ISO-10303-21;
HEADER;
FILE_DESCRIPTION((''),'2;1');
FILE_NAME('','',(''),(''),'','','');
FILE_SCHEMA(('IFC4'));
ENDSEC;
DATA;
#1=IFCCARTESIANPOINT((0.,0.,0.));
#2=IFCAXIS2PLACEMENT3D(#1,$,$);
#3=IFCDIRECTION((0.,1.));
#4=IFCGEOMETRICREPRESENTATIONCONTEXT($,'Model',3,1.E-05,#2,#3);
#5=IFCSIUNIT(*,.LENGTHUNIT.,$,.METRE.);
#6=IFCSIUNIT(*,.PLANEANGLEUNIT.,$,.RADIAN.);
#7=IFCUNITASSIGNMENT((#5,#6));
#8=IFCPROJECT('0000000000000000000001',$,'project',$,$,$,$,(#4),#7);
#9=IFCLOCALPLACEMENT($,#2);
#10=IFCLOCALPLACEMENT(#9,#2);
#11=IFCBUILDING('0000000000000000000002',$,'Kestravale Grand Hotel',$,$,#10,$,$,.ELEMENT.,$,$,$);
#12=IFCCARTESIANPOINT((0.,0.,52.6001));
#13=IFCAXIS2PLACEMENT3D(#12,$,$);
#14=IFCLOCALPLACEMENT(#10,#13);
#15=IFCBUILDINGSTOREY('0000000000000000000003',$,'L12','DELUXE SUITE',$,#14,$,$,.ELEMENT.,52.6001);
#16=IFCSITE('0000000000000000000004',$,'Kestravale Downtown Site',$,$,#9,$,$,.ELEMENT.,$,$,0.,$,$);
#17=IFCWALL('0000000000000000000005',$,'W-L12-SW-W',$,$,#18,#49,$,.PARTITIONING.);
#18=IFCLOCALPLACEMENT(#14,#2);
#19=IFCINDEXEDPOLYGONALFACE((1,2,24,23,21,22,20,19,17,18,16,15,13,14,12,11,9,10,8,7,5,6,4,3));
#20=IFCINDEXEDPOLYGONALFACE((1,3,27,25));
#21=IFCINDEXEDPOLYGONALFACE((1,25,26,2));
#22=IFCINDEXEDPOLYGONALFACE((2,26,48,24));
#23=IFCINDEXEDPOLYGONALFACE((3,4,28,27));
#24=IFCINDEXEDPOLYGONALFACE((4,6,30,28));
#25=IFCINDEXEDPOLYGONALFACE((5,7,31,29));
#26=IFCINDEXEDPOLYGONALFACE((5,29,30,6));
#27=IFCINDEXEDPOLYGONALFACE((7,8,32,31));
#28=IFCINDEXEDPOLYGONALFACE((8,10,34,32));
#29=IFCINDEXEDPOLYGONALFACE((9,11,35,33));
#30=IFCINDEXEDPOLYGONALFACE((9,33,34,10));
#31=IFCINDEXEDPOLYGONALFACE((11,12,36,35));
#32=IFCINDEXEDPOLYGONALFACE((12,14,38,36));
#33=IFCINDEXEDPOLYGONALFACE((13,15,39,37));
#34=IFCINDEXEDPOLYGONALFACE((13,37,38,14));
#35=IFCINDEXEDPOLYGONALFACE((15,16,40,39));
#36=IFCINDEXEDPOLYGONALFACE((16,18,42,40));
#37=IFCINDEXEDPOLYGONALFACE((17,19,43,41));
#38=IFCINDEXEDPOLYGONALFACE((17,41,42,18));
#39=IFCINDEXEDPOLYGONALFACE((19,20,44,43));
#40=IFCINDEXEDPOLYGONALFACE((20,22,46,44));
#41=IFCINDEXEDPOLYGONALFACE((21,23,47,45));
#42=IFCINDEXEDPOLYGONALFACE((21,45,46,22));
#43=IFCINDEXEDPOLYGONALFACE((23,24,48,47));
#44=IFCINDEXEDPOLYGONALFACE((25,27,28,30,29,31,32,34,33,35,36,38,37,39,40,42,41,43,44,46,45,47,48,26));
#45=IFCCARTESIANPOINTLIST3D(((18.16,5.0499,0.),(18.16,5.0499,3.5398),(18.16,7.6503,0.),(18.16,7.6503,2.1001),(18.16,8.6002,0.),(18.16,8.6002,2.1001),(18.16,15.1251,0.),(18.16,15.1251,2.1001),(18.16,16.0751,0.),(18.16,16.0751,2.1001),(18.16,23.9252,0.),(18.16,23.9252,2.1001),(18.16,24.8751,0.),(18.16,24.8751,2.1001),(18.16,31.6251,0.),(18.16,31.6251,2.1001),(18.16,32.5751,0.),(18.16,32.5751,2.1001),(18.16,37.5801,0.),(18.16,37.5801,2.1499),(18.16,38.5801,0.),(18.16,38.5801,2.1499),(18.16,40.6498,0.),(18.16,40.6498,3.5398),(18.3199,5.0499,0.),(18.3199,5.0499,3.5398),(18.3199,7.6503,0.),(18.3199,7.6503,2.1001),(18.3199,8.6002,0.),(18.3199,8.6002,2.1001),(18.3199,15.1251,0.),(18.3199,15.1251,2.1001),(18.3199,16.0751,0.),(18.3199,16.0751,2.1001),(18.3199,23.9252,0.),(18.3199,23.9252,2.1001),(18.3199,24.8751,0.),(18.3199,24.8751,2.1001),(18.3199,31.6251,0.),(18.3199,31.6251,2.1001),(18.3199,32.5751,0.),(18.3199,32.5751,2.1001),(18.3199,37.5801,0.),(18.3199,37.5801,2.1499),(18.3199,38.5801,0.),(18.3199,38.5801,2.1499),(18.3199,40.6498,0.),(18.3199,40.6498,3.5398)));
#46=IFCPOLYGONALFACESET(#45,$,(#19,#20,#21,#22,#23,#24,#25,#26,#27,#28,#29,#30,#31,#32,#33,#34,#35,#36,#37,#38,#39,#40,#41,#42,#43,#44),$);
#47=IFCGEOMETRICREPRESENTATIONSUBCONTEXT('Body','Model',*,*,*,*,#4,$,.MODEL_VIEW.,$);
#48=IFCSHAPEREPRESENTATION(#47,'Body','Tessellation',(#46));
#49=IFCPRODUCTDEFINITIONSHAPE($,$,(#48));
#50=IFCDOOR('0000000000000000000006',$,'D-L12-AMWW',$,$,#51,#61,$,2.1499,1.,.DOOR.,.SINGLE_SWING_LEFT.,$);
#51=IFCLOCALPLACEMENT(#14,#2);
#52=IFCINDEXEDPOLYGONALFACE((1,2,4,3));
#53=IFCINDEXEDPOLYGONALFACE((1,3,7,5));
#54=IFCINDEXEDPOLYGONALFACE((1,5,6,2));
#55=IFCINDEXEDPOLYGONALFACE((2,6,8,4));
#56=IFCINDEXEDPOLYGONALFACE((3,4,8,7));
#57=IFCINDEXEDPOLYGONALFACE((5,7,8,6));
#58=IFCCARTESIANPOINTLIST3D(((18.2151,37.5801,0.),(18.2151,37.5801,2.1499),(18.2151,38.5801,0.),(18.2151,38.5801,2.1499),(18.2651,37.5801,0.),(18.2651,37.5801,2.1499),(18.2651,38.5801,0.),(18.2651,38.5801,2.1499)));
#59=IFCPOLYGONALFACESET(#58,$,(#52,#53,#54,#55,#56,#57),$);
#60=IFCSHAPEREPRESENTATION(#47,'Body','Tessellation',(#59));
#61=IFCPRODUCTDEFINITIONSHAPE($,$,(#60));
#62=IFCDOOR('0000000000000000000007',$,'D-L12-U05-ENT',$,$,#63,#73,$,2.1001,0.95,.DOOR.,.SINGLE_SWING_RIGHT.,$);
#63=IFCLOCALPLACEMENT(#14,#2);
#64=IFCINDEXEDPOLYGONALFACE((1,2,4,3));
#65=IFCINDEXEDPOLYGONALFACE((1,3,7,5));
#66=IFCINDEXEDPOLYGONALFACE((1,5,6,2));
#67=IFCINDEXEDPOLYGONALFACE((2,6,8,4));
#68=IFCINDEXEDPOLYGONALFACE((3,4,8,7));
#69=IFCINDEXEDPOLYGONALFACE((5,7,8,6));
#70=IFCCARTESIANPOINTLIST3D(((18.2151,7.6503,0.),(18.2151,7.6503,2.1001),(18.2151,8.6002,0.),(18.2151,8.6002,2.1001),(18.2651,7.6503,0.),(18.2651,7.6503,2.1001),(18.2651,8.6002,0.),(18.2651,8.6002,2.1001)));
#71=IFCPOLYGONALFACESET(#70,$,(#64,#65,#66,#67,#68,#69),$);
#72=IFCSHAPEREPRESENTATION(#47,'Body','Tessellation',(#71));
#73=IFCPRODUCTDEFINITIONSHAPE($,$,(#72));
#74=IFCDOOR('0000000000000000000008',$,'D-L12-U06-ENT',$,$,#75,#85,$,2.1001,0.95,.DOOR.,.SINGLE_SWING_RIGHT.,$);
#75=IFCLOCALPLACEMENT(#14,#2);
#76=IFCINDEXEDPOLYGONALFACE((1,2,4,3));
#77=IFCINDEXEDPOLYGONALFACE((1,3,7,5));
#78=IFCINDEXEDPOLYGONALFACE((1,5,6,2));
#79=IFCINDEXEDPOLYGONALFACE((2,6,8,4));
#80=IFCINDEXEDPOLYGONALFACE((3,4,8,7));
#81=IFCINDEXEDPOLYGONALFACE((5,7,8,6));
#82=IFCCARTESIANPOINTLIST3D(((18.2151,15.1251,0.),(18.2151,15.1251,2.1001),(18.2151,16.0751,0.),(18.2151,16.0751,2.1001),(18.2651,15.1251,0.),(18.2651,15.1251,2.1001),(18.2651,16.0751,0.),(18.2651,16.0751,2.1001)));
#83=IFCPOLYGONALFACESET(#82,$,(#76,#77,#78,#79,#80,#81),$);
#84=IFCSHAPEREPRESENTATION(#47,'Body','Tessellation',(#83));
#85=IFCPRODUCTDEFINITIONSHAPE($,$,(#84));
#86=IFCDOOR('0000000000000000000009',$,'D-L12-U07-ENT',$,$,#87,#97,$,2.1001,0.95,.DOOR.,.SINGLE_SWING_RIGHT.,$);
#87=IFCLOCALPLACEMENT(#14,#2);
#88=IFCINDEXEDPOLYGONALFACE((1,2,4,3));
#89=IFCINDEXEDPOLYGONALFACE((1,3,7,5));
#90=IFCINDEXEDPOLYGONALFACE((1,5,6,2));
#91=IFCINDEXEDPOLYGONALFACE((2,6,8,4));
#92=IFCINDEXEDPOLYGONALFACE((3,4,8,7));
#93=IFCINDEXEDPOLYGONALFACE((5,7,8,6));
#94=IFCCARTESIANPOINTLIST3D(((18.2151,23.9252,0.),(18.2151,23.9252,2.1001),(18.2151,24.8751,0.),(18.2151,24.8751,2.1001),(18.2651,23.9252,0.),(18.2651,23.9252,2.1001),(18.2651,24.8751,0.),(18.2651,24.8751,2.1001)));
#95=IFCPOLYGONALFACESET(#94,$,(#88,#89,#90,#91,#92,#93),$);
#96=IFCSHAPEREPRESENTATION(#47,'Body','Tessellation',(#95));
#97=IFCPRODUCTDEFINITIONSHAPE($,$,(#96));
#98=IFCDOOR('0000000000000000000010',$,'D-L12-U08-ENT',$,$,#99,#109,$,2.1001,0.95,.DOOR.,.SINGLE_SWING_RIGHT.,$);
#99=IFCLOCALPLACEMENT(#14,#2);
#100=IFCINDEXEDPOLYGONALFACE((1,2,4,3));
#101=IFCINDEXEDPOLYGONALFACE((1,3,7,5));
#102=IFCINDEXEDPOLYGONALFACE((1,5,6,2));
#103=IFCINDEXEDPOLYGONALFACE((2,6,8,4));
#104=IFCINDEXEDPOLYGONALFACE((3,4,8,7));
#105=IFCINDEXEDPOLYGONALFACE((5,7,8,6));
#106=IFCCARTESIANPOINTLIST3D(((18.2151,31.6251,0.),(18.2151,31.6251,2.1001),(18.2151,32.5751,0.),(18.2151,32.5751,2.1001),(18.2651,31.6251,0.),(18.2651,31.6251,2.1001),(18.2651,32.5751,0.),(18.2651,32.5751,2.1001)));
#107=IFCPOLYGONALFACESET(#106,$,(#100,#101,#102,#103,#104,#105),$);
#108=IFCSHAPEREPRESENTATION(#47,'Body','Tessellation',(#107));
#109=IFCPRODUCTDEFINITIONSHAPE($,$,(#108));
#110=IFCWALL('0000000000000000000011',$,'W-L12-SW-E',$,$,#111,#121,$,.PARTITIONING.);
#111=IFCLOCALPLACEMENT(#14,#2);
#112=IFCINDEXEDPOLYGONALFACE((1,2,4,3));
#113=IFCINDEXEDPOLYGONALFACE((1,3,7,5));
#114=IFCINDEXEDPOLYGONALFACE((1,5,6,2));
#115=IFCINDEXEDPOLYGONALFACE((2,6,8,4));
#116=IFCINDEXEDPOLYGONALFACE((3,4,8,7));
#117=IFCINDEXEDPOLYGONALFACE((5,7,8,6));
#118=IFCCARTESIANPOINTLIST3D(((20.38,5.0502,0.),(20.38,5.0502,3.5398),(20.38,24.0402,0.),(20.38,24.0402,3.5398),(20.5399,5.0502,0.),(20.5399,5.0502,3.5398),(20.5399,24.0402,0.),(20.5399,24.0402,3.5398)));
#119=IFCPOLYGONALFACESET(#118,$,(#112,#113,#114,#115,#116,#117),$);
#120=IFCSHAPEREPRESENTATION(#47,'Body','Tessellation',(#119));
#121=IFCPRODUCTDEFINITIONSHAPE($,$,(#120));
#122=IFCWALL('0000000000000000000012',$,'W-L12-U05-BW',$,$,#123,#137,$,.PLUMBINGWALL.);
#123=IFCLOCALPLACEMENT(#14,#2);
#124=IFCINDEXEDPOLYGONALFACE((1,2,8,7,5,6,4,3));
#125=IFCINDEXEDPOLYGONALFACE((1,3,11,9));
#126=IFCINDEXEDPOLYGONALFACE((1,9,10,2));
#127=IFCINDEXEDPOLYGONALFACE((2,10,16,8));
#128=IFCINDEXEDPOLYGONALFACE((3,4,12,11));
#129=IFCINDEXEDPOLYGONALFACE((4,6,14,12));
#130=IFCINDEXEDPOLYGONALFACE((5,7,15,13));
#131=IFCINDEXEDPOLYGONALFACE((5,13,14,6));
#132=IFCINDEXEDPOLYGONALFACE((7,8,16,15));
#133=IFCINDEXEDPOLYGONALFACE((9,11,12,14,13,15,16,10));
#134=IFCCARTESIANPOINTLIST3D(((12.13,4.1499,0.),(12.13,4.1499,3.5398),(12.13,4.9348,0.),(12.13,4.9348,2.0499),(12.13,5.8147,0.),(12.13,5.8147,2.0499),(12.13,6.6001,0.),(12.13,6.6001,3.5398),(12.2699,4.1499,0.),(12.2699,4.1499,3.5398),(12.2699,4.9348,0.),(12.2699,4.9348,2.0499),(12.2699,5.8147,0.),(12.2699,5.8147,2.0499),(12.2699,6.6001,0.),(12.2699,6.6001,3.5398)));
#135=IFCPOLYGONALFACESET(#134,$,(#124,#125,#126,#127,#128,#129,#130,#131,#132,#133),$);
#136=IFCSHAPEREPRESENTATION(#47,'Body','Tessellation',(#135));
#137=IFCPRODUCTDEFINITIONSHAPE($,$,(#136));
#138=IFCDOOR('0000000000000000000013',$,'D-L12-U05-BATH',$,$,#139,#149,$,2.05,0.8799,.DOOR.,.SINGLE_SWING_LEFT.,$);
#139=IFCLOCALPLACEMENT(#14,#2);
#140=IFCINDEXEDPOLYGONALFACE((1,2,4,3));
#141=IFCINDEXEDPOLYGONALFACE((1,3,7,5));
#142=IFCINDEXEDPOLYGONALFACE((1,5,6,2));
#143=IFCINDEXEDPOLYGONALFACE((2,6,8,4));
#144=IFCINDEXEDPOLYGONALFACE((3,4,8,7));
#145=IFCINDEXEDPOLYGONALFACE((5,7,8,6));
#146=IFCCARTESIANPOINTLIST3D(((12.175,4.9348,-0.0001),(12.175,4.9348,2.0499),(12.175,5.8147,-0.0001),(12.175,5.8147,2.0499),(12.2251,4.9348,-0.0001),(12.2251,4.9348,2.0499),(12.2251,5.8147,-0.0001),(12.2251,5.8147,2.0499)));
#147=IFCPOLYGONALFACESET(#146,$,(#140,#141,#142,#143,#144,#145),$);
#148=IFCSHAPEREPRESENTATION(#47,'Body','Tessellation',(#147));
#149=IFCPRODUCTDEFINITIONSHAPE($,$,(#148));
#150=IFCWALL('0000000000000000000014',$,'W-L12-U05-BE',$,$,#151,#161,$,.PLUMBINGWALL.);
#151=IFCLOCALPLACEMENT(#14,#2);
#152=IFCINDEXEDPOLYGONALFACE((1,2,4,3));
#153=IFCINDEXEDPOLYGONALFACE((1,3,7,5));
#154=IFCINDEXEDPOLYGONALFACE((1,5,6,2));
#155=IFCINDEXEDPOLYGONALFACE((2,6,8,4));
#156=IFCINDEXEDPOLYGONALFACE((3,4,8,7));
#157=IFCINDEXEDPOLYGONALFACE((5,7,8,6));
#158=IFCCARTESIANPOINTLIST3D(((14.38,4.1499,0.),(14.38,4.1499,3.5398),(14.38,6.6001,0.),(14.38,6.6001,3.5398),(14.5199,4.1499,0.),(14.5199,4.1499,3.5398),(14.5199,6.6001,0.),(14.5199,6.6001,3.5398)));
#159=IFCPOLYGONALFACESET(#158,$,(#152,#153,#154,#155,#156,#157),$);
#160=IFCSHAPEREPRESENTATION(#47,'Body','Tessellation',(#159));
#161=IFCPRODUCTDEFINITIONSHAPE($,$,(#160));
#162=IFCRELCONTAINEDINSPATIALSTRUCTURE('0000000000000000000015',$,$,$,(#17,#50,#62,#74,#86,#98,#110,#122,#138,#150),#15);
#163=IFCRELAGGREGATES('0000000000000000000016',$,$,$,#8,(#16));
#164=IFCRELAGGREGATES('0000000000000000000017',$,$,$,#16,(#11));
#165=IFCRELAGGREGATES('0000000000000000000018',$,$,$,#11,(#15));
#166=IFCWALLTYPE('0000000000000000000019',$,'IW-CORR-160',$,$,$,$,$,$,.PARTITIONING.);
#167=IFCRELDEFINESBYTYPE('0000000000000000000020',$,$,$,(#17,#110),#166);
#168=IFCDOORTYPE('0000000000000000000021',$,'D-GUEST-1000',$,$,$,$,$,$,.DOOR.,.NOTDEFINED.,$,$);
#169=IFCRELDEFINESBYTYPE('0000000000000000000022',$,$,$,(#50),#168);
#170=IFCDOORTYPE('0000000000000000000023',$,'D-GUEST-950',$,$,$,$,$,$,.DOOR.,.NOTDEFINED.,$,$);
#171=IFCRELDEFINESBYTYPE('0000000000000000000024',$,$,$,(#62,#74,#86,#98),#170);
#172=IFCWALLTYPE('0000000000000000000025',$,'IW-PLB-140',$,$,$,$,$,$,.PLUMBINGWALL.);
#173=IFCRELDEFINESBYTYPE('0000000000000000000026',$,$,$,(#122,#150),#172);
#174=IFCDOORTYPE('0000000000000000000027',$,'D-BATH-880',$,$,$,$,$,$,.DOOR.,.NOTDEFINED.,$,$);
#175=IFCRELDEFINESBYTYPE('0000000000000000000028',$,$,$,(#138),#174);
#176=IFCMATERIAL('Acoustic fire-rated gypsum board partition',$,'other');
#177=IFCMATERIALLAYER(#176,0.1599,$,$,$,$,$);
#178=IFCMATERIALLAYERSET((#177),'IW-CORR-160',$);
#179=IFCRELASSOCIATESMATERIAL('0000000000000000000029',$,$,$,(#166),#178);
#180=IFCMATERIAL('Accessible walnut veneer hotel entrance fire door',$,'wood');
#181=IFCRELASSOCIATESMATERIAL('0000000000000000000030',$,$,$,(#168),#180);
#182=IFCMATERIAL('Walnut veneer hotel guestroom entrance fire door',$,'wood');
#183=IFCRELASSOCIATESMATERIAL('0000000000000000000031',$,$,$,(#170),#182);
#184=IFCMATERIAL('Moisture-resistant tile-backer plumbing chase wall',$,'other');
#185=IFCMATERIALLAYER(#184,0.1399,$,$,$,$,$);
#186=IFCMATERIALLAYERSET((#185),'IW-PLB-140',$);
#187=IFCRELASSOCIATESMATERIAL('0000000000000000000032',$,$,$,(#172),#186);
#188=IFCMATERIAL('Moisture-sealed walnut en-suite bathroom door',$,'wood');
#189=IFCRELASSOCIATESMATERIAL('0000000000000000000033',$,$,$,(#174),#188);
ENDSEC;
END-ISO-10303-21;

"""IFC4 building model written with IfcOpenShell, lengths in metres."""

from ifc_helpers import new_model, si_unit, direction, frame, frame_2d, origin, place, context, subcontext, project, spatial, rectangle, extrude, material, layer, layer_set, type_object, element, fill, save


model = new_model("IFC4")

# Units and contexts
model_context = context("Model", 3, precision=1e-05, world=origin(), true_north=direction((0.0, 1.0)))
body_context = subcontext(model_context, "Body", "Model", "MODEL_VIEW")
ifc_project = project(units=[si_unit("LENGTHUNIT", "METRE"), si_unit("PLANEANGLEUNIT", "RADIAN")], contexts=[model_context])

# Site, building, storey
site_placement = place(None, origin())
site = spatial("IfcSite", under=ifc_project, at=site_placement, Name="Kestravale Downtown Site", CompositionType="ELEMENT", RefElevation=0.0)
building_placement = place(site_placement, origin())
building = spatial("IfcBuilding", under=site, at=building_placement, Name="Kestravale Grand Hotel", CompositionType="ELEMENT")
storey_placement = place(building_placement, frame((0.0, 0.0, 52.6001)))
storey = spatial("IfcBuildingStorey", under=building, at=storey_placement, Name="L12", Description="DELUXE SUITE", CompositionType="ELEMENT", Elevation=52.6001)

# Wall, openings, doors
ifc_material_1 = material(Name="Acoustic fire-rated gypsum board partition", Category="other")
ifc_layer_1 = layer(ifc_material_1, 0.1599)
ifc_layer_set_1 = layer_set([ifc_layer_1], Name="IW-CORR-160")
wall_type_1 = type_object("IfcWallType", Name="IW-CORR-160", PredefinedType="PARTITIONING", material=ifc_layer_set_1)
wall_1_placement = place(storey_placement, frame((18.24, 5.05, 0.0), z_axis=(0.0, 0.0, 1.0), x_axis=(0.0, 1.0, 0.0)))
wall_1 = element("IfcWall", 1, at=wall_1_placement, inside=storey, type_object=wall_type_1, Name="W-L12-SW-W", PredefinedType="PARTITIONING", context=body_context, shape_type="SweptSolid", body=[
    extrude(rectangle(XDim=35.5999, YDim=0.1599, at=frame_2d((17.7998, 0.0))), origin(), (0.0, 0.0, 1.0), 3.5398),
])
opening_1_placement = place(wall_1_placement, frame((2.6001, 0.0, 0.0)))
opening_1 = element("IfcOpeningElement", 2, at=opening_1_placement, cuts=wall_1, PredefinedType="OPENING", context=body_context, shape_type="SweptSolid", body=[
    extrude(rectangle(XDim=0.95, YDim=2.1001, at=frame_2d((0.4751, 1.05))), frame((0.0, 0.0898, 0.0), z_axis=(0.0, -1.0, 0.0), x_axis=(1.0, 0.0, 0.0)), (0.0, 0.0, 1.0), 0.1799),
])
opening_2_placement = place(wall_1_placement, frame((10.075, 0.0, 0.0)))
opening_2 = element("IfcOpeningElement", 3, at=opening_2_placement, cuts=wall_1, PredefinedType="OPENING", context=body_context, shape_type="SweptSolid", body=[
    extrude(rectangle(XDim=0.95, YDim=2.1001, at=frame_2d((0.4751, 1.05))), frame((0.0, 0.0898, 0.0), z_axis=(0.0, -1.0, 0.0), x_axis=(1.0, 0.0, 0.0)), (0.0, 0.0, 1.0), 0.1799),
])
opening_3_placement = place(wall_1_placement, frame((18.875, 0.0, 0.0)))
opening_3 = element("IfcOpeningElement", 4, at=opening_3_placement, cuts=wall_1, PredefinedType="OPENING", context=body_context, shape_type="SweptSolid", body=[
    extrude(rectangle(XDim=0.95, YDim=2.1001, at=frame_2d((0.4751, 1.05))), frame((0.0, 0.0898, 0.0), z_axis=(0.0, -1.0, 0.0), x_axis=(1.0, 0.0, 0.0)), (0.0, 0.0, 1.0), 0.1799),
])
opening_4_placement = place(wall_1_placement, frame((26.575, 0.0, 0.0)))
opening_4 = element("IfcOpeningElement", 5, at=opening_4_placement, cuts=wall_1, PredefinedType="OPENING", context=body_context, shape_type="SweptSolid", body=[
    extrude(rectangle(XDim=0.95, YDim=2.1001, at=frame_2d((0.4751, 1.05))), frame((0.0, 0.0898, 0.0), z_axis=(0.0, -1.0, 0.0), x_axis=(1.0, 0.0, 0.0)), (0.0, 0.0, 1.0), 0.1799),
])
opening_5_placement = place(wall_1_placement, frame((32.53, 0.0, 0.0)))
opening_5 = element("IfcOpeningElement", 6, at=opening_5_placement, cuts=wall_1, PredefinedType="OPENING", context=body_context, shape_type="SweptSolid", body=[
    extrude(rectangle(XDim=1.0, YDim=2.1499, at=frame_2d((0.5, 1.075))), frame((0.0, 0.0898, 0.0), z_axis=(0.0, -1.0, 0.0), x_axis=(1.0, 0.0, 0.0)), (0.0, 0.0, 1.0), 0.1799),
])
ifc_material_2 = material(Name="Accessible walnut veneer hotel entrance fire door", Category="wood")
door_type_1 = type_object("IfcDoorType", Name="D-GUEST-1000", OperationType="NOTDEFINED", PredefinedType="DOOR", material=ifc_material_2)
door_1_placement = place(opening_5_placement, origin())
door_1 = element("IfcDoor", 7, at=door_1_placement, inside=storey, type_object=door_type_1, Name="D-L12-AMWW", OperationType="SINGLE_SWING_LEFT", OverallHeight=2.1499, OverallWidth=1.0, PredefinedType="DOOR", context=body_context, shape_type="SweptSolid", body=[
    extrude(rectangle(XDim=1.0, YDim=2.1499, at=frame_2d((0.5, 1.075))), frame((0.0, 0.0249, 0.0), z_axis=(0.0, -1.0, 0.0), x_axis=(1.0, 0.0, 0.0)), (0.0, 0.0, 1.0), 0.05),
])
fill(opening_5, door_1)
ifc_material_3 = material(Name="Walnut veneer hotel guestroom entrance fire door", Category="wood")
door_type_2 = type_object("IfcDoorType", Name="D-GUEST-950", OperationType="NOTDEFINED", PredefinedType="DOOR", material=ifc_material_3)
door_2_placement = place(opening_1_placement, origin())
door_2 = element("IfcDoor", 8, at=door_2_placement, inside=storey, type_object=door_type_2, Name="D-L12-U05-ENT", OperationType="SINGLE_SWING_RIGHT", OverallHeight=2.1001, OverallWidth=0.95, PredefinedType="DOOR", context=body_context, shape_type="SweptSolid", body=[
    extrude(rectangle(XDim=0.95, YDim=2.1001, at=frame_2d((0.4751, 1.05))), frame((0.0, 0.0249, 0.0), z_axis=(0.0, -1.0, 0.0), x_axis=(1.0, 0.0, 0.0)), (0.0, 0.0, 1.0), 0.05),
])
fill(opening_1, door_2)
door_3_placement = place(opening_2_placement, origin())
door_3 = element("IfcDoor", 9, at=door_3_placement, inside=storey, type_object=door_type_2, Name="D-L12-U06-ENT", OperationType="SINGLE_SWING_RIGHT", OverallHeight=2.1001, OverallWidth=0.95, PredefinedType="DOOR", context=body_context, shape_type="SweptSolid", body=[
    extrude(rectangle(XDim=0.95, YDim=2.1001, at=frame_2d((0.4751, 1.05))), frame((0.0, 0.0249, 0.0), z_axis=(0.0, -1.0, 0.0), x_axis=(1.0, 0.0, 0.0)), (0.0, 0.0, 1.0), 0.05),
])
fill(opening_2, door_3)
door_4_placement = place(opening_3_placement, origin())
door_4 = element("IfcDoor", 10, at=door_4_placement, inside=storey, type_object=door_type_2, Name="D-L12-U07-ENT", OperationType="SINGLE_SWING_RIGHT", OverallHeight=2.1001, OverallWidth=0.95, PredefinedType="DOOR", context=body_context, shape_type="SweptSolid", body=[
    extrude(rectangle(XDim=0.95, YDim=2.1001, at=frame_2d((0.4751, 1.05))), frame((0.0, 0.0249, 0.0), z_axis=(0.0, -1.0, 0.0), x_axis=(1.0, 0.0, 0.0)), (0.0, 0.0, 1.0), 0.05),
])
fill(opening_3, door_4)
door_5_placement = place(opening_4_placement, origin())
door_5 = element("IfcDoor", 11, at=door_5_placement, inside=storey, type_object=door_type_2, Name="D-L12-U08-ENT", OperationType="SINGLE_SWING_RIGHT", OverallHeight=2.1001, OverallWidth=0.95, PredefinedType="DOOR", context=body_context, shape_type="SweptSolid", body=[
    extrude(rectangle(XDim=0.95, YDim=2.1001, at=frame_2d((0.4751, 1.05))), frame((0.0, 0.0249, 0.0), z_axis=(0.0, -1.0, 0.0), x_axis=(1.0, 0.0, 0.0)), (0.0, 0.0, 1.0), 0.05),
])
fill(opening_4, door_5)

# Wall
wall_2_placement = place(storey_placement, frame((20.46, 5.05, 0.0), z_axis=(0.0, 0.0, 1.0), x_axis=(0.0, 1.0, 0.0)))
element("IfcWall", 12, at=wall_2_placement, inside=storey, type_object=wall_type_1, Name="W-L12-SW-E", PredefinedType="PARTITIONING", context=body_context, shape_type="SweptSolid", body=[
    extrude(rectangle(XDim=18.99, YDim=0.1599, at=frame_2d((9.4951, 0.0))), origin(), (0.0, 0.0, 1.0), 3.5398),
])

# Wall, opening, door
ifc_material_4 = material(Name="Moisture-resistant tile-backer plumbing chase wall", Category="other")
ifc_layer_2 = layer(ifc_material_4, 0.1399)
ifc_layer_set_2 = layer_set([ifc_layer_2], Name="IW-PLB-140")
wall_type_2 = type_object("IfcWallType", Name="IW-PLB-140", PredefinedType="PLUMBINGWALL", material=ifc_layer_set_2)
wall_3_placement = place(storey_placement, frame((12.2, 4.1499, 0.0), z_axis=(0.0, 0.0, 1.0), x_axis=(0.0, 1.0, 0.0)))
wall_3 = element("IfcWall", 13, at=wall_3_placement, inside=storey, type_object=wall_type_2, Name="W-L12-U05-BW", PredefinedType="PLUMBINGWALL", context=body_context, shape_type="SweptSolid", body=[
    extrude(rectangle(XDim=2.4502, YDim=0.1399, at=frame_2d((1.2251, 0.0))), origin(), (0.0, 0.0, 1.0), 3.5398),
])
opening_6_placement = place(wall_3_placement, frame((0.7849, 0.0, 0.0)))
opening_6 = element("IfcOpeningElement", 14, at=opening_6_placement, cuts=wall_3, PredefinedType="OPENING", context=body_context, shape_type="SweptSolid", body=[
    extrude(rectangle(XDim=0.8799, YDim=2.05, at=frame_2d((0.4399, 1.0249))), frame((0.0, 0.0798, 0.0), z_axis=(0.0, -1.0, 0.0), x_axis=(1.0, 0.0, 0.0)), (0.0, 0.0, 1.0), 0.1599),
])
ifc_material_5 = material(Name="Moisture-sealed walnut en-suite bathroom door", Category="wood")
door_type_3 = type_object("IfcDoorType", Name="D-BATH-880", OperationType="NOTDEFINED", PredefinedType="DOOR", material=ifc_material_5)
door_6_placement = place(opening_6_placement, origin())
door_6 = element("IfcDoor", 15, at=door_6_placement, inside=storey, type_object=door_type_3, Name="D-L12-U05-BATH", OperationType="SINGLE_SWING_LEFT", OverallHeight=2.05, OverallWidth=0.8799, PredefinedType="DOOR", context=body_context, shape_type="SweptSolid", body=[
    extrude(rectangle(XDim=0.8799, YDim=2.05, at=frame_2d((0.4399, 1.0249))), frame((0.0, 0.0249, 0.0), z_axis=(0.0, -1.0, 0.0), x_axis=(1.0, 0.0, 0.0)), (0.0, 0.0, 1.0), 0.05),
])
fill(opening_6, door_6)

# Wall
wall_4_placement = place(storey_placement, frame((14.45, 4.1499, 0.0), z_axis=(0.0, 0.0, 1.0), x_axis=(0.0, 1.0, 0.0)))
element("IfcWall", 16, at=wall_4_placement, inside=storey, type_object=wall_type_2, Name="W-L12-U05-BE", PredefinedType="PLUMBINGWALL", context=body_context, shape_type="SweptSolid", body=[
    extrude(rectangle(XDim=2.4502, YDim=0.1399, at=frame_2d((1.2251, 0.0))), origin(), (0.0, 0.0, 1.0), 3.5398),
])

save(model, "model.ifc")
